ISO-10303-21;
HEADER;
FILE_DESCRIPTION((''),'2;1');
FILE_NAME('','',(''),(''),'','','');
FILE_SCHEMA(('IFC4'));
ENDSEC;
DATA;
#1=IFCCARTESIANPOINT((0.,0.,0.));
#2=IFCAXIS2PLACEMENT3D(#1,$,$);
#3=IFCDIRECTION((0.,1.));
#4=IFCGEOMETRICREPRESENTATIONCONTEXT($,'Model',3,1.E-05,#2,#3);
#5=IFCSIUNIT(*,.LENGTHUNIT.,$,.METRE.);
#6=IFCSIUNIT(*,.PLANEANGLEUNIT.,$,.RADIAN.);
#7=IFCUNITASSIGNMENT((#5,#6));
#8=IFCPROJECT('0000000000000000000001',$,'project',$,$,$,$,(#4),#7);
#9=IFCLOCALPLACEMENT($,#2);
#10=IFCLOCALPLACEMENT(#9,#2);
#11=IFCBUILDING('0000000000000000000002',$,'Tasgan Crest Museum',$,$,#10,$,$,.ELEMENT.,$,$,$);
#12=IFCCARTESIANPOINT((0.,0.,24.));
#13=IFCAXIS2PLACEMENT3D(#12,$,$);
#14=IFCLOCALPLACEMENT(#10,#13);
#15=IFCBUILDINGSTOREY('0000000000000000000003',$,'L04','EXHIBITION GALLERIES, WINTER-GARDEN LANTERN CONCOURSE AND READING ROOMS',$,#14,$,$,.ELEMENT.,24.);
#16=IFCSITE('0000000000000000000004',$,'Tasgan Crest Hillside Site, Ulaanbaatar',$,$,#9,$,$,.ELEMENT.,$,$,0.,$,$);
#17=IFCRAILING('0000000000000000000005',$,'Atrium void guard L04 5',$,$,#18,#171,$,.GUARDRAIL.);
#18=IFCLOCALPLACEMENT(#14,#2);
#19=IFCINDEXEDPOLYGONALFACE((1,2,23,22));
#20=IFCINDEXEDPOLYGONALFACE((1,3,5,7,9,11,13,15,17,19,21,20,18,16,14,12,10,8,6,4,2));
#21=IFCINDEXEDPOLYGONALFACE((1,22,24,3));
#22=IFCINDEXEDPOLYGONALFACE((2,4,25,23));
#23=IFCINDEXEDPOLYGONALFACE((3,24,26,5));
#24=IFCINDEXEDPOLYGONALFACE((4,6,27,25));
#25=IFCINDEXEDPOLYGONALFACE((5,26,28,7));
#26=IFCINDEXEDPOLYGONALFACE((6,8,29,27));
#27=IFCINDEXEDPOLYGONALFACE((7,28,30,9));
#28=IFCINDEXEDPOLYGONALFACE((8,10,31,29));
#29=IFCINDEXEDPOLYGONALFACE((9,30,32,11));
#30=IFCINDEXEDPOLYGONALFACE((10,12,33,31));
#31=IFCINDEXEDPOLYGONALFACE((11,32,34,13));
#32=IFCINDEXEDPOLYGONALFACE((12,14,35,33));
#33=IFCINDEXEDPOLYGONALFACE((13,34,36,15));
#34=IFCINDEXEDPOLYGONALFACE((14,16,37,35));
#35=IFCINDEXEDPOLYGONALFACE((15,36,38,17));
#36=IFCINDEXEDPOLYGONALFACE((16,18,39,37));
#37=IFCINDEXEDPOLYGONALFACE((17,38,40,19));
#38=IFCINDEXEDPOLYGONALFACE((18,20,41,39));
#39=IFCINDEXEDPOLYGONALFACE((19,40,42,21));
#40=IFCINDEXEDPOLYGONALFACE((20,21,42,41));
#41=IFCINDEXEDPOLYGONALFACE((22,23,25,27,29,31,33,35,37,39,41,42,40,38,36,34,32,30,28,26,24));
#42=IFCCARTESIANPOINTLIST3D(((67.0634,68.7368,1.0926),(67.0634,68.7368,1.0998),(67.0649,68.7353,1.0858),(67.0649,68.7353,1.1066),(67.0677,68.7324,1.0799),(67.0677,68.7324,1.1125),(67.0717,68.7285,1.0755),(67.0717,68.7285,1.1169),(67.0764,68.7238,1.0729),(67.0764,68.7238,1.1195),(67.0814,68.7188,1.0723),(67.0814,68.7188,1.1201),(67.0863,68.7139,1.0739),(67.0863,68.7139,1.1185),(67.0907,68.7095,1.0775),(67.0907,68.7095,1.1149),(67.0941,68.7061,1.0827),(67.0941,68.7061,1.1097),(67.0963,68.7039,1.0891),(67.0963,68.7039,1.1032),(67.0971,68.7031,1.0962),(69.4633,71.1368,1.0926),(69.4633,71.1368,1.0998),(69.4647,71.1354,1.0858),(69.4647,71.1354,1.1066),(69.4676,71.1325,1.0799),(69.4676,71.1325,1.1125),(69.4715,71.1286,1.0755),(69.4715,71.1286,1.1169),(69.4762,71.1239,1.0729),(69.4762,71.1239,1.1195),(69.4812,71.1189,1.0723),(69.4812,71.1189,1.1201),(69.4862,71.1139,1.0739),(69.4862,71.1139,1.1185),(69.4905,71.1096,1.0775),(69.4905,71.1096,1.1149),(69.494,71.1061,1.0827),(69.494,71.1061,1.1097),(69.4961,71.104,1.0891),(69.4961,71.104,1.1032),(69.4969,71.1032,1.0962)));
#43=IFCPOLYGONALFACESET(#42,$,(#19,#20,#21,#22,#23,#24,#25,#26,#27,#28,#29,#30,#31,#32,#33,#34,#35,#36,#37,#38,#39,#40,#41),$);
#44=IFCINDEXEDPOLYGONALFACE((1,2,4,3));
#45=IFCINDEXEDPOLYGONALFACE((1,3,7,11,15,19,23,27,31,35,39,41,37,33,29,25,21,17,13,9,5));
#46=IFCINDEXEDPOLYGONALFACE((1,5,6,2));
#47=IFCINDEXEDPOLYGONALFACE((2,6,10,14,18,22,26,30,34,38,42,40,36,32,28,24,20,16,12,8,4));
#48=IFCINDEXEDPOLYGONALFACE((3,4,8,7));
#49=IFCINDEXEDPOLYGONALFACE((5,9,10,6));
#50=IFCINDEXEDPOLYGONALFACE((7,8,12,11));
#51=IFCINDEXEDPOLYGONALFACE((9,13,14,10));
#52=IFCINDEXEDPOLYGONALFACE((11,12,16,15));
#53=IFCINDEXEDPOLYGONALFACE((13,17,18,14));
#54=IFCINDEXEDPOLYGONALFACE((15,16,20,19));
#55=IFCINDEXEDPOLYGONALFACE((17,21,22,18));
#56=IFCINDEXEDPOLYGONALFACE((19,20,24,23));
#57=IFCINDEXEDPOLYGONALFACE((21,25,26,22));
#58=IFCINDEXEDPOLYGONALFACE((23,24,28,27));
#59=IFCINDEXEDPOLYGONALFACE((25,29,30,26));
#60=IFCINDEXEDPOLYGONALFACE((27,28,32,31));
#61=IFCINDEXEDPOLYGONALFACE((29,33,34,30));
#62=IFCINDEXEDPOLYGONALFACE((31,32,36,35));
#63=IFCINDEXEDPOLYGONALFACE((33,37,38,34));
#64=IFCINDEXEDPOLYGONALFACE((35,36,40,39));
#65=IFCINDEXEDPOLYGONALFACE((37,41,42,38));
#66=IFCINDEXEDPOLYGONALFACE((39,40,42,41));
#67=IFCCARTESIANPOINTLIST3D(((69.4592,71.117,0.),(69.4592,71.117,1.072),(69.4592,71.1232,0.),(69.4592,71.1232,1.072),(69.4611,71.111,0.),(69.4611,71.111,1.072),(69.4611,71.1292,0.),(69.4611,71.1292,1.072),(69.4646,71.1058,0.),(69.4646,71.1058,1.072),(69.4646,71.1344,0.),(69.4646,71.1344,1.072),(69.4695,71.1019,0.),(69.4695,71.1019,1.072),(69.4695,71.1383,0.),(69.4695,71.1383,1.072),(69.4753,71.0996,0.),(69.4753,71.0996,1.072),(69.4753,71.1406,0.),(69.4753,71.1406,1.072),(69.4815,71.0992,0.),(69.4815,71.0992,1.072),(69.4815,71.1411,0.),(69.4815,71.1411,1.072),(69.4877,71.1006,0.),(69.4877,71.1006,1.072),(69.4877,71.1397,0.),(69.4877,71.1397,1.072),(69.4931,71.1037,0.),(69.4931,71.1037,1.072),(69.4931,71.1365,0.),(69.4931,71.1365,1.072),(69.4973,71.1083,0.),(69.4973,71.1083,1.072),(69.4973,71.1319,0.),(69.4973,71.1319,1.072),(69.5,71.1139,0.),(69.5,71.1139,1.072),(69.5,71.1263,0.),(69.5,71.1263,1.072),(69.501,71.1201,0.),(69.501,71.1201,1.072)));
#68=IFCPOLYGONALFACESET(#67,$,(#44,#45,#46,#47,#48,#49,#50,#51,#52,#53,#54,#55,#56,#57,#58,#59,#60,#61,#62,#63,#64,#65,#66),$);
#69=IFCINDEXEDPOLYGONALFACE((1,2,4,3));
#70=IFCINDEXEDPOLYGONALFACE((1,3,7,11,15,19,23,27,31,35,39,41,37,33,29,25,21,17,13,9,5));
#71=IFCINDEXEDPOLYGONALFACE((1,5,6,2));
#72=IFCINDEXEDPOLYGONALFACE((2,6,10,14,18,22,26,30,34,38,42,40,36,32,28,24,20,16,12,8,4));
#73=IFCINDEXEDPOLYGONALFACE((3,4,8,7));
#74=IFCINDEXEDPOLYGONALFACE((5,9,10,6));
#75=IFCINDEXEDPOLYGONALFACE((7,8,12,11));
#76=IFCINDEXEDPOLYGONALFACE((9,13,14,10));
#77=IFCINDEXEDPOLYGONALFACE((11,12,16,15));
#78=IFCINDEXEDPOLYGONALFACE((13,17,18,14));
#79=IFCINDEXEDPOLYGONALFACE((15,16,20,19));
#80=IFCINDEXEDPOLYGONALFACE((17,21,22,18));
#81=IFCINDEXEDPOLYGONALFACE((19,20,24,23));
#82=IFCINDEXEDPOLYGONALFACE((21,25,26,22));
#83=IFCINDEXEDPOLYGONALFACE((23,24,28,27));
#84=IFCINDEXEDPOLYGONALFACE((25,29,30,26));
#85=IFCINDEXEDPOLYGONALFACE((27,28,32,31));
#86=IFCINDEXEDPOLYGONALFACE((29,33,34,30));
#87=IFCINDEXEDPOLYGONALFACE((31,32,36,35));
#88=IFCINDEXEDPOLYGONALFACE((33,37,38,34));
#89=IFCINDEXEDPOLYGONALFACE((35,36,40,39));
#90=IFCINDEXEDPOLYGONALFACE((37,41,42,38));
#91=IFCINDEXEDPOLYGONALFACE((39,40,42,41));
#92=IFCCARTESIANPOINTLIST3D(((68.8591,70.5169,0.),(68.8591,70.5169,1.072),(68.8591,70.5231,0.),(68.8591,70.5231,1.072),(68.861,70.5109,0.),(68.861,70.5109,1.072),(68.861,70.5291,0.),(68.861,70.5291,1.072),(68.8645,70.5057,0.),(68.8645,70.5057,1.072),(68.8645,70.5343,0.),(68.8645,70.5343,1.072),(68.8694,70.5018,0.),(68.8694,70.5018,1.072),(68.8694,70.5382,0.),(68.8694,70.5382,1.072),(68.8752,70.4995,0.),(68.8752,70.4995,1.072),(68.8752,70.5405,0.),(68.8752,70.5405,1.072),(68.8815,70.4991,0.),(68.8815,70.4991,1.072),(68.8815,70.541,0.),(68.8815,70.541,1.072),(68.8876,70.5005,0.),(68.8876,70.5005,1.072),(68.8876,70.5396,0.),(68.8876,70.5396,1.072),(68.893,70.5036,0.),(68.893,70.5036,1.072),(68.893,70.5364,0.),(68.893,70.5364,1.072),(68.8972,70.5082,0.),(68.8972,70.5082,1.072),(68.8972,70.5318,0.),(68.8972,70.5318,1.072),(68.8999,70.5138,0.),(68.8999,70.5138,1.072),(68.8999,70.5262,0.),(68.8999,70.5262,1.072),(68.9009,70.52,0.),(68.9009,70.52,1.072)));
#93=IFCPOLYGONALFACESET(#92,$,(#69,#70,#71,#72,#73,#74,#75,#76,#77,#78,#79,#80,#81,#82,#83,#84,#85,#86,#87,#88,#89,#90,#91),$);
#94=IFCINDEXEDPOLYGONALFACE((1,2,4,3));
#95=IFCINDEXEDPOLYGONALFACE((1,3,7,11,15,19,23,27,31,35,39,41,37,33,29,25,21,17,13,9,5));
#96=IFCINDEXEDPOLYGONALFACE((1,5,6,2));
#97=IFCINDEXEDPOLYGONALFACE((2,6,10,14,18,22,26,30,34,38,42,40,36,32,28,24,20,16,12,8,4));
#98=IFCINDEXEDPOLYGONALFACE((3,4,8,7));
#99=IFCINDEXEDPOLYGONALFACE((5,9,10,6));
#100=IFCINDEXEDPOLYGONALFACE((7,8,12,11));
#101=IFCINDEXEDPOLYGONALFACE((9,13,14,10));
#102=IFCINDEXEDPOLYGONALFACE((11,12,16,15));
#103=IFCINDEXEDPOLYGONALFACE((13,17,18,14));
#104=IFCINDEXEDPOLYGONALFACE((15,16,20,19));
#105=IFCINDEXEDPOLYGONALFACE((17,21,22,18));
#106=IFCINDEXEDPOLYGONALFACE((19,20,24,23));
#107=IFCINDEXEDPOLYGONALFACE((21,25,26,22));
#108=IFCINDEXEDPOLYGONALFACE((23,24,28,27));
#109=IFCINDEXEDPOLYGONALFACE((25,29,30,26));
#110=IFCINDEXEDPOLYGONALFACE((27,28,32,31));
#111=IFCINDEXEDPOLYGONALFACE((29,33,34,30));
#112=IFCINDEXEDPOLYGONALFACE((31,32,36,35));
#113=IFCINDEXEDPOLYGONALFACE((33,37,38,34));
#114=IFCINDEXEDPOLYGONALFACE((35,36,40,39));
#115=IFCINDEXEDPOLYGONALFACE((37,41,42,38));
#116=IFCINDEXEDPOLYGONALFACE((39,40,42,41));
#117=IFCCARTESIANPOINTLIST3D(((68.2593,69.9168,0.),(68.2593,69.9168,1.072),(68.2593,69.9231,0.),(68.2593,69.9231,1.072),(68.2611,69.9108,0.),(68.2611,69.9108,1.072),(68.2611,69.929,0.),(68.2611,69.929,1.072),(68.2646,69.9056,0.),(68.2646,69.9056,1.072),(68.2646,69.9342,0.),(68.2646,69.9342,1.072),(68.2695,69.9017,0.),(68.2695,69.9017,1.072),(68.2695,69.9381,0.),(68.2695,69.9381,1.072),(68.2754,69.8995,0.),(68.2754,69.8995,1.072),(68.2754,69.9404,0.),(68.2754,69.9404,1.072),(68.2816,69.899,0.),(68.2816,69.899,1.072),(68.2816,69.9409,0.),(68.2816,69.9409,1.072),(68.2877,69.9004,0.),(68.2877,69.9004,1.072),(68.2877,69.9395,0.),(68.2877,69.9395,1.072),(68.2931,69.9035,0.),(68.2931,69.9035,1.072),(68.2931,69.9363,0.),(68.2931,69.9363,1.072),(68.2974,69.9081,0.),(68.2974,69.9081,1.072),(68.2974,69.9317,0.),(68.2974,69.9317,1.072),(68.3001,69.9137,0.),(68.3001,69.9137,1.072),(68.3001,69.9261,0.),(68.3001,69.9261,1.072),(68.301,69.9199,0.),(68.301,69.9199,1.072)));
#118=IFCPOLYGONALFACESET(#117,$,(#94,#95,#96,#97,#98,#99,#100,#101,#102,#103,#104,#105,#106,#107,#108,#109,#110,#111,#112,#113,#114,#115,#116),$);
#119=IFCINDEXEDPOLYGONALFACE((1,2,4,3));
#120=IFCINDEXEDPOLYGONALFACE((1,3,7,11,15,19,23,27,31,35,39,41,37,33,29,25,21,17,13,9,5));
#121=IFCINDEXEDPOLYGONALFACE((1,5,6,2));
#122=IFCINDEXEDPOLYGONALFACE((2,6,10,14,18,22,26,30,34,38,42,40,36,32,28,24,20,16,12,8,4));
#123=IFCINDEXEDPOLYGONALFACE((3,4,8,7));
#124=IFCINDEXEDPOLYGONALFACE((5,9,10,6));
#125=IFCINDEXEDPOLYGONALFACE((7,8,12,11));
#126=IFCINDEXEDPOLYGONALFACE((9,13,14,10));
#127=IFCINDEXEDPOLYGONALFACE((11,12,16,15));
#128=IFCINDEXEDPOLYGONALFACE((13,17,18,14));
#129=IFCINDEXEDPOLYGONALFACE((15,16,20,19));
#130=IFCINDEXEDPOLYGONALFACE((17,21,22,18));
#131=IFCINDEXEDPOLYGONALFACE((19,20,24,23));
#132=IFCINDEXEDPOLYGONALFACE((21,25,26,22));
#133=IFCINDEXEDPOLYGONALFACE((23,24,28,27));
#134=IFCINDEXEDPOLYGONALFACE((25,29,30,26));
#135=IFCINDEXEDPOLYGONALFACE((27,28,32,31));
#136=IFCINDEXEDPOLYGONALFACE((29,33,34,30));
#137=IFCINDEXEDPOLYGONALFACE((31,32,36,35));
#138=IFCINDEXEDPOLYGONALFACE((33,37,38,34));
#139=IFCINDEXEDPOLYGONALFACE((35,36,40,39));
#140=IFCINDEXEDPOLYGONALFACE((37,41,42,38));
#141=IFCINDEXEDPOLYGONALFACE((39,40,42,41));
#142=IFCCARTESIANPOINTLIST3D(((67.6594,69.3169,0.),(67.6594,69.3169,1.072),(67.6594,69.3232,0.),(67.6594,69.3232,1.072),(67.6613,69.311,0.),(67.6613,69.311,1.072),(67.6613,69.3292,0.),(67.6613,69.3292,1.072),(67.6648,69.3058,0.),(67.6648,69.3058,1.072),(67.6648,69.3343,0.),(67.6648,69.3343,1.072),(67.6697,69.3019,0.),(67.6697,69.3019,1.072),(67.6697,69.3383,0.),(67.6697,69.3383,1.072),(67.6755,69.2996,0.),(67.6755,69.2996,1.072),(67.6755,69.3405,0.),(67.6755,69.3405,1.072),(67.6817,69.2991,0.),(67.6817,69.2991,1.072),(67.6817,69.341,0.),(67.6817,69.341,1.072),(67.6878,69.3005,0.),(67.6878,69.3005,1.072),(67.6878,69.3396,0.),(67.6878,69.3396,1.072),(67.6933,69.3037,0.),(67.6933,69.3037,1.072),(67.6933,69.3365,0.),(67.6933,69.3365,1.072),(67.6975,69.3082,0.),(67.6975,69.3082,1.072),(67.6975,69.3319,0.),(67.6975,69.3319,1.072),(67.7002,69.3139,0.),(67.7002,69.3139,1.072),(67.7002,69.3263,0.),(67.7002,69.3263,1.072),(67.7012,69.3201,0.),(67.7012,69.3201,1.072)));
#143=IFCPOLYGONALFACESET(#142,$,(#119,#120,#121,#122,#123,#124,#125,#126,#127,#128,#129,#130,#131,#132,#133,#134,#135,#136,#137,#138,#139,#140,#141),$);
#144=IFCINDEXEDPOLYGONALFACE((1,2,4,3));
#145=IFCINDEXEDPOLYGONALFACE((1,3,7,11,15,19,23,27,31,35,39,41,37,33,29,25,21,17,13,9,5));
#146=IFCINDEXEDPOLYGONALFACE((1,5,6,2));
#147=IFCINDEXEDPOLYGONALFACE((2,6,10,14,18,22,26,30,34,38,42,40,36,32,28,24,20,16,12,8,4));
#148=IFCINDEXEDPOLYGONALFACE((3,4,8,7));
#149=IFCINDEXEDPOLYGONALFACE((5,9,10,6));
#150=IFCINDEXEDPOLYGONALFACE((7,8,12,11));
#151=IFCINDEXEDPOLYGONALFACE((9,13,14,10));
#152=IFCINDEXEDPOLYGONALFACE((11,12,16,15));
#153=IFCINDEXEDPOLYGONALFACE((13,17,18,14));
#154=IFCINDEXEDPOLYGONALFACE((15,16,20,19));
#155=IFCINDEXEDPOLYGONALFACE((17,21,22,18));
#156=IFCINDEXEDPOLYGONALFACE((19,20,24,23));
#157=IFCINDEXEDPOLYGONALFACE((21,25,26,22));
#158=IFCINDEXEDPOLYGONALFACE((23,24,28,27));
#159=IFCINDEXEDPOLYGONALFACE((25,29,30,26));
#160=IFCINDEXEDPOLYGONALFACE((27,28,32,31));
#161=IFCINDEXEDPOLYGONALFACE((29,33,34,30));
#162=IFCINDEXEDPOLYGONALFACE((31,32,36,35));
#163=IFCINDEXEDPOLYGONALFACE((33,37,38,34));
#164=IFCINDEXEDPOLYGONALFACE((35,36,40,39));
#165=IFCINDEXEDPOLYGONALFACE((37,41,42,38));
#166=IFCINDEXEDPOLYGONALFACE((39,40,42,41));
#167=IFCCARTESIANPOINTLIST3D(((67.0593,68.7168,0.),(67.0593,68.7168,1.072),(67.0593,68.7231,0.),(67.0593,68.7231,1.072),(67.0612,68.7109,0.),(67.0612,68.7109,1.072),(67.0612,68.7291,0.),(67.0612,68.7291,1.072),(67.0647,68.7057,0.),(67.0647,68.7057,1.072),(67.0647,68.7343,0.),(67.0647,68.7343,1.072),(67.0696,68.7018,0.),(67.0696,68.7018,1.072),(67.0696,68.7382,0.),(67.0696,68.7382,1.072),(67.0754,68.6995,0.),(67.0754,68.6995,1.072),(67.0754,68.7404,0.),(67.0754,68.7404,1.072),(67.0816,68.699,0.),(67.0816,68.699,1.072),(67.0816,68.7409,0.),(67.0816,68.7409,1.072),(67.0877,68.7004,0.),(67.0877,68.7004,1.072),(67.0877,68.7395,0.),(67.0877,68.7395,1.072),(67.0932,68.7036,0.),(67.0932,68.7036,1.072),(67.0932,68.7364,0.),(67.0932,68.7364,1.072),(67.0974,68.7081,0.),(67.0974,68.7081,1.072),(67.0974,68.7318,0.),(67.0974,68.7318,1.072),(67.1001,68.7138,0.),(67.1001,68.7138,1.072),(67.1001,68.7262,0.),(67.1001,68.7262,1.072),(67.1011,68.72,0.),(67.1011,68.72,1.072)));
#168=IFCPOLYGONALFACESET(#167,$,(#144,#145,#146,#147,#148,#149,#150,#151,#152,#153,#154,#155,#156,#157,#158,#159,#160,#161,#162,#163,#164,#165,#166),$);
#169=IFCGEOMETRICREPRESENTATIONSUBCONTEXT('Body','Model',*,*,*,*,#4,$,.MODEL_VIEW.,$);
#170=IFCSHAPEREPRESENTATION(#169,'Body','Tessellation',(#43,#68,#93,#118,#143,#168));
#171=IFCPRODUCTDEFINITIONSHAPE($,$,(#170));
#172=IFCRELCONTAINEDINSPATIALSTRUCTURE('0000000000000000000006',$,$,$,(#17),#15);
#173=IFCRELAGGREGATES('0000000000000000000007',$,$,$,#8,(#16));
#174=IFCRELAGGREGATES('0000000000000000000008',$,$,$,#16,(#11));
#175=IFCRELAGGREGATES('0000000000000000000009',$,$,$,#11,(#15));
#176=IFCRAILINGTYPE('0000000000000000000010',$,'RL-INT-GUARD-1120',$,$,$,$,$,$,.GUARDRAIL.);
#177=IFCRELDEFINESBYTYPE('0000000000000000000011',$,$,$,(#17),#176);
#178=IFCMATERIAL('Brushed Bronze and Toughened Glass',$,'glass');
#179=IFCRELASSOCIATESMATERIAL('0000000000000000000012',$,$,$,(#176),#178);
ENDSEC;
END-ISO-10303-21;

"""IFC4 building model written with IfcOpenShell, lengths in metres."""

from ifc_helpers import new_model, si_unit, direction, frame, origin, origin_2d, place, context, subcontext, project, spatial, circle, extrude, material, type_object, element, save


model = new_model("IFC4")

# Units and contexts
model_context = context("Model", 3, precision=1e-05, world=origin(), true_north=direction((0.0, 1.0)))
body_context = subcontext(model_context, "Body", "Model", "MODEL_VIEW")
ifc_project = project(units=[si_unit("LENGTHUNIT", "METRE"), si_unit("PLANEANGLEUNIT", "RADIAN")], contexts=[model_context])

# Site, building, storey
site_placement = place(None, origin())
site = spatial("IfcSite", under=ifc_project, at=site_placement, Name="Tasgan Crest Hillside Site, Ulaanbaatar", CompositionType="ELEMENT", RefElevation=0.0)
building_placement = place(site_placement, origin())
building = spatial("IfcBuilding", under=site, at=building_placement, Name="Tasgan Crest Museum", CompositionType="ELEMENT")
storey_placement = place(building_placement, frame((0.0, 0.0, 24.0)))
storey = spatial("IfcBuildingStorey", under=building, at=storey_placement, Name="L04", Description="EXHIBITION GALLERIES, WINTER-GARDEN LANTERN CONCOURSE AND READING ROOMS", CompositionType="ELEMENT", Elevation=24.0)

# Railing
ifc_material_1 = material(Name="Brushed Bronze and Toughened Glass", Category="glass")
railing_type = type_object("IfcRailingType", Name="RL-INT-GUARD-1120", PredefinedType="GUARDRAIL", material=ifc_material_1)
railing_1_placement = place(storey_placement, frame((69.48, 71.1201, 0.0)))
element("IfcRailing", 1, at=railing_1_placement, inside=storey, type_object=railing_type, Name="Atrium void guard L04 5", PredefinedType="GUARDRAIL", context=body_context, shape_type="SweptSolid", body=[
    extrude(circle(Radius=0.0239, at=origin_2d()), frame((0.0, 0.0, 1.0962), z_axis=(-0.707071, -0.707143, 0.0), x_axis=(0.707143, -0.707071, 0.0)), (0.0, 0.0, 1.0), 3.394),
    extrude(circle(Radius=0.021, at=origin_2d()), origin(), (0.0, 0.0, 1.0), 1.072),
    extrude(circle(Radius=0.021, at=origin_2d()), frame((-0.6001, -0.6001, 0.0)), (0.0, 0.0, 1.0), 1.072),
    extrude(circle(Radius=0.021, at=origin_2d()), frame((-1.2, -1.2002, 0.0)), (0.0, 0.0, 1.0), 1.072),
    extrude(circle(Radius=0.021, at=origin_2d()), frame((-1.7998, -1.8, 0.0)), (0.0, 0.0, 1.0), 1.072),
    extrude(circle(Radius=0.021, at=origin_2d()), frame((-2.3999, -2.4001, 0.0)), (0.0, 0.0, 1.0), 1.072),
])

save(model, "model.ifc")
